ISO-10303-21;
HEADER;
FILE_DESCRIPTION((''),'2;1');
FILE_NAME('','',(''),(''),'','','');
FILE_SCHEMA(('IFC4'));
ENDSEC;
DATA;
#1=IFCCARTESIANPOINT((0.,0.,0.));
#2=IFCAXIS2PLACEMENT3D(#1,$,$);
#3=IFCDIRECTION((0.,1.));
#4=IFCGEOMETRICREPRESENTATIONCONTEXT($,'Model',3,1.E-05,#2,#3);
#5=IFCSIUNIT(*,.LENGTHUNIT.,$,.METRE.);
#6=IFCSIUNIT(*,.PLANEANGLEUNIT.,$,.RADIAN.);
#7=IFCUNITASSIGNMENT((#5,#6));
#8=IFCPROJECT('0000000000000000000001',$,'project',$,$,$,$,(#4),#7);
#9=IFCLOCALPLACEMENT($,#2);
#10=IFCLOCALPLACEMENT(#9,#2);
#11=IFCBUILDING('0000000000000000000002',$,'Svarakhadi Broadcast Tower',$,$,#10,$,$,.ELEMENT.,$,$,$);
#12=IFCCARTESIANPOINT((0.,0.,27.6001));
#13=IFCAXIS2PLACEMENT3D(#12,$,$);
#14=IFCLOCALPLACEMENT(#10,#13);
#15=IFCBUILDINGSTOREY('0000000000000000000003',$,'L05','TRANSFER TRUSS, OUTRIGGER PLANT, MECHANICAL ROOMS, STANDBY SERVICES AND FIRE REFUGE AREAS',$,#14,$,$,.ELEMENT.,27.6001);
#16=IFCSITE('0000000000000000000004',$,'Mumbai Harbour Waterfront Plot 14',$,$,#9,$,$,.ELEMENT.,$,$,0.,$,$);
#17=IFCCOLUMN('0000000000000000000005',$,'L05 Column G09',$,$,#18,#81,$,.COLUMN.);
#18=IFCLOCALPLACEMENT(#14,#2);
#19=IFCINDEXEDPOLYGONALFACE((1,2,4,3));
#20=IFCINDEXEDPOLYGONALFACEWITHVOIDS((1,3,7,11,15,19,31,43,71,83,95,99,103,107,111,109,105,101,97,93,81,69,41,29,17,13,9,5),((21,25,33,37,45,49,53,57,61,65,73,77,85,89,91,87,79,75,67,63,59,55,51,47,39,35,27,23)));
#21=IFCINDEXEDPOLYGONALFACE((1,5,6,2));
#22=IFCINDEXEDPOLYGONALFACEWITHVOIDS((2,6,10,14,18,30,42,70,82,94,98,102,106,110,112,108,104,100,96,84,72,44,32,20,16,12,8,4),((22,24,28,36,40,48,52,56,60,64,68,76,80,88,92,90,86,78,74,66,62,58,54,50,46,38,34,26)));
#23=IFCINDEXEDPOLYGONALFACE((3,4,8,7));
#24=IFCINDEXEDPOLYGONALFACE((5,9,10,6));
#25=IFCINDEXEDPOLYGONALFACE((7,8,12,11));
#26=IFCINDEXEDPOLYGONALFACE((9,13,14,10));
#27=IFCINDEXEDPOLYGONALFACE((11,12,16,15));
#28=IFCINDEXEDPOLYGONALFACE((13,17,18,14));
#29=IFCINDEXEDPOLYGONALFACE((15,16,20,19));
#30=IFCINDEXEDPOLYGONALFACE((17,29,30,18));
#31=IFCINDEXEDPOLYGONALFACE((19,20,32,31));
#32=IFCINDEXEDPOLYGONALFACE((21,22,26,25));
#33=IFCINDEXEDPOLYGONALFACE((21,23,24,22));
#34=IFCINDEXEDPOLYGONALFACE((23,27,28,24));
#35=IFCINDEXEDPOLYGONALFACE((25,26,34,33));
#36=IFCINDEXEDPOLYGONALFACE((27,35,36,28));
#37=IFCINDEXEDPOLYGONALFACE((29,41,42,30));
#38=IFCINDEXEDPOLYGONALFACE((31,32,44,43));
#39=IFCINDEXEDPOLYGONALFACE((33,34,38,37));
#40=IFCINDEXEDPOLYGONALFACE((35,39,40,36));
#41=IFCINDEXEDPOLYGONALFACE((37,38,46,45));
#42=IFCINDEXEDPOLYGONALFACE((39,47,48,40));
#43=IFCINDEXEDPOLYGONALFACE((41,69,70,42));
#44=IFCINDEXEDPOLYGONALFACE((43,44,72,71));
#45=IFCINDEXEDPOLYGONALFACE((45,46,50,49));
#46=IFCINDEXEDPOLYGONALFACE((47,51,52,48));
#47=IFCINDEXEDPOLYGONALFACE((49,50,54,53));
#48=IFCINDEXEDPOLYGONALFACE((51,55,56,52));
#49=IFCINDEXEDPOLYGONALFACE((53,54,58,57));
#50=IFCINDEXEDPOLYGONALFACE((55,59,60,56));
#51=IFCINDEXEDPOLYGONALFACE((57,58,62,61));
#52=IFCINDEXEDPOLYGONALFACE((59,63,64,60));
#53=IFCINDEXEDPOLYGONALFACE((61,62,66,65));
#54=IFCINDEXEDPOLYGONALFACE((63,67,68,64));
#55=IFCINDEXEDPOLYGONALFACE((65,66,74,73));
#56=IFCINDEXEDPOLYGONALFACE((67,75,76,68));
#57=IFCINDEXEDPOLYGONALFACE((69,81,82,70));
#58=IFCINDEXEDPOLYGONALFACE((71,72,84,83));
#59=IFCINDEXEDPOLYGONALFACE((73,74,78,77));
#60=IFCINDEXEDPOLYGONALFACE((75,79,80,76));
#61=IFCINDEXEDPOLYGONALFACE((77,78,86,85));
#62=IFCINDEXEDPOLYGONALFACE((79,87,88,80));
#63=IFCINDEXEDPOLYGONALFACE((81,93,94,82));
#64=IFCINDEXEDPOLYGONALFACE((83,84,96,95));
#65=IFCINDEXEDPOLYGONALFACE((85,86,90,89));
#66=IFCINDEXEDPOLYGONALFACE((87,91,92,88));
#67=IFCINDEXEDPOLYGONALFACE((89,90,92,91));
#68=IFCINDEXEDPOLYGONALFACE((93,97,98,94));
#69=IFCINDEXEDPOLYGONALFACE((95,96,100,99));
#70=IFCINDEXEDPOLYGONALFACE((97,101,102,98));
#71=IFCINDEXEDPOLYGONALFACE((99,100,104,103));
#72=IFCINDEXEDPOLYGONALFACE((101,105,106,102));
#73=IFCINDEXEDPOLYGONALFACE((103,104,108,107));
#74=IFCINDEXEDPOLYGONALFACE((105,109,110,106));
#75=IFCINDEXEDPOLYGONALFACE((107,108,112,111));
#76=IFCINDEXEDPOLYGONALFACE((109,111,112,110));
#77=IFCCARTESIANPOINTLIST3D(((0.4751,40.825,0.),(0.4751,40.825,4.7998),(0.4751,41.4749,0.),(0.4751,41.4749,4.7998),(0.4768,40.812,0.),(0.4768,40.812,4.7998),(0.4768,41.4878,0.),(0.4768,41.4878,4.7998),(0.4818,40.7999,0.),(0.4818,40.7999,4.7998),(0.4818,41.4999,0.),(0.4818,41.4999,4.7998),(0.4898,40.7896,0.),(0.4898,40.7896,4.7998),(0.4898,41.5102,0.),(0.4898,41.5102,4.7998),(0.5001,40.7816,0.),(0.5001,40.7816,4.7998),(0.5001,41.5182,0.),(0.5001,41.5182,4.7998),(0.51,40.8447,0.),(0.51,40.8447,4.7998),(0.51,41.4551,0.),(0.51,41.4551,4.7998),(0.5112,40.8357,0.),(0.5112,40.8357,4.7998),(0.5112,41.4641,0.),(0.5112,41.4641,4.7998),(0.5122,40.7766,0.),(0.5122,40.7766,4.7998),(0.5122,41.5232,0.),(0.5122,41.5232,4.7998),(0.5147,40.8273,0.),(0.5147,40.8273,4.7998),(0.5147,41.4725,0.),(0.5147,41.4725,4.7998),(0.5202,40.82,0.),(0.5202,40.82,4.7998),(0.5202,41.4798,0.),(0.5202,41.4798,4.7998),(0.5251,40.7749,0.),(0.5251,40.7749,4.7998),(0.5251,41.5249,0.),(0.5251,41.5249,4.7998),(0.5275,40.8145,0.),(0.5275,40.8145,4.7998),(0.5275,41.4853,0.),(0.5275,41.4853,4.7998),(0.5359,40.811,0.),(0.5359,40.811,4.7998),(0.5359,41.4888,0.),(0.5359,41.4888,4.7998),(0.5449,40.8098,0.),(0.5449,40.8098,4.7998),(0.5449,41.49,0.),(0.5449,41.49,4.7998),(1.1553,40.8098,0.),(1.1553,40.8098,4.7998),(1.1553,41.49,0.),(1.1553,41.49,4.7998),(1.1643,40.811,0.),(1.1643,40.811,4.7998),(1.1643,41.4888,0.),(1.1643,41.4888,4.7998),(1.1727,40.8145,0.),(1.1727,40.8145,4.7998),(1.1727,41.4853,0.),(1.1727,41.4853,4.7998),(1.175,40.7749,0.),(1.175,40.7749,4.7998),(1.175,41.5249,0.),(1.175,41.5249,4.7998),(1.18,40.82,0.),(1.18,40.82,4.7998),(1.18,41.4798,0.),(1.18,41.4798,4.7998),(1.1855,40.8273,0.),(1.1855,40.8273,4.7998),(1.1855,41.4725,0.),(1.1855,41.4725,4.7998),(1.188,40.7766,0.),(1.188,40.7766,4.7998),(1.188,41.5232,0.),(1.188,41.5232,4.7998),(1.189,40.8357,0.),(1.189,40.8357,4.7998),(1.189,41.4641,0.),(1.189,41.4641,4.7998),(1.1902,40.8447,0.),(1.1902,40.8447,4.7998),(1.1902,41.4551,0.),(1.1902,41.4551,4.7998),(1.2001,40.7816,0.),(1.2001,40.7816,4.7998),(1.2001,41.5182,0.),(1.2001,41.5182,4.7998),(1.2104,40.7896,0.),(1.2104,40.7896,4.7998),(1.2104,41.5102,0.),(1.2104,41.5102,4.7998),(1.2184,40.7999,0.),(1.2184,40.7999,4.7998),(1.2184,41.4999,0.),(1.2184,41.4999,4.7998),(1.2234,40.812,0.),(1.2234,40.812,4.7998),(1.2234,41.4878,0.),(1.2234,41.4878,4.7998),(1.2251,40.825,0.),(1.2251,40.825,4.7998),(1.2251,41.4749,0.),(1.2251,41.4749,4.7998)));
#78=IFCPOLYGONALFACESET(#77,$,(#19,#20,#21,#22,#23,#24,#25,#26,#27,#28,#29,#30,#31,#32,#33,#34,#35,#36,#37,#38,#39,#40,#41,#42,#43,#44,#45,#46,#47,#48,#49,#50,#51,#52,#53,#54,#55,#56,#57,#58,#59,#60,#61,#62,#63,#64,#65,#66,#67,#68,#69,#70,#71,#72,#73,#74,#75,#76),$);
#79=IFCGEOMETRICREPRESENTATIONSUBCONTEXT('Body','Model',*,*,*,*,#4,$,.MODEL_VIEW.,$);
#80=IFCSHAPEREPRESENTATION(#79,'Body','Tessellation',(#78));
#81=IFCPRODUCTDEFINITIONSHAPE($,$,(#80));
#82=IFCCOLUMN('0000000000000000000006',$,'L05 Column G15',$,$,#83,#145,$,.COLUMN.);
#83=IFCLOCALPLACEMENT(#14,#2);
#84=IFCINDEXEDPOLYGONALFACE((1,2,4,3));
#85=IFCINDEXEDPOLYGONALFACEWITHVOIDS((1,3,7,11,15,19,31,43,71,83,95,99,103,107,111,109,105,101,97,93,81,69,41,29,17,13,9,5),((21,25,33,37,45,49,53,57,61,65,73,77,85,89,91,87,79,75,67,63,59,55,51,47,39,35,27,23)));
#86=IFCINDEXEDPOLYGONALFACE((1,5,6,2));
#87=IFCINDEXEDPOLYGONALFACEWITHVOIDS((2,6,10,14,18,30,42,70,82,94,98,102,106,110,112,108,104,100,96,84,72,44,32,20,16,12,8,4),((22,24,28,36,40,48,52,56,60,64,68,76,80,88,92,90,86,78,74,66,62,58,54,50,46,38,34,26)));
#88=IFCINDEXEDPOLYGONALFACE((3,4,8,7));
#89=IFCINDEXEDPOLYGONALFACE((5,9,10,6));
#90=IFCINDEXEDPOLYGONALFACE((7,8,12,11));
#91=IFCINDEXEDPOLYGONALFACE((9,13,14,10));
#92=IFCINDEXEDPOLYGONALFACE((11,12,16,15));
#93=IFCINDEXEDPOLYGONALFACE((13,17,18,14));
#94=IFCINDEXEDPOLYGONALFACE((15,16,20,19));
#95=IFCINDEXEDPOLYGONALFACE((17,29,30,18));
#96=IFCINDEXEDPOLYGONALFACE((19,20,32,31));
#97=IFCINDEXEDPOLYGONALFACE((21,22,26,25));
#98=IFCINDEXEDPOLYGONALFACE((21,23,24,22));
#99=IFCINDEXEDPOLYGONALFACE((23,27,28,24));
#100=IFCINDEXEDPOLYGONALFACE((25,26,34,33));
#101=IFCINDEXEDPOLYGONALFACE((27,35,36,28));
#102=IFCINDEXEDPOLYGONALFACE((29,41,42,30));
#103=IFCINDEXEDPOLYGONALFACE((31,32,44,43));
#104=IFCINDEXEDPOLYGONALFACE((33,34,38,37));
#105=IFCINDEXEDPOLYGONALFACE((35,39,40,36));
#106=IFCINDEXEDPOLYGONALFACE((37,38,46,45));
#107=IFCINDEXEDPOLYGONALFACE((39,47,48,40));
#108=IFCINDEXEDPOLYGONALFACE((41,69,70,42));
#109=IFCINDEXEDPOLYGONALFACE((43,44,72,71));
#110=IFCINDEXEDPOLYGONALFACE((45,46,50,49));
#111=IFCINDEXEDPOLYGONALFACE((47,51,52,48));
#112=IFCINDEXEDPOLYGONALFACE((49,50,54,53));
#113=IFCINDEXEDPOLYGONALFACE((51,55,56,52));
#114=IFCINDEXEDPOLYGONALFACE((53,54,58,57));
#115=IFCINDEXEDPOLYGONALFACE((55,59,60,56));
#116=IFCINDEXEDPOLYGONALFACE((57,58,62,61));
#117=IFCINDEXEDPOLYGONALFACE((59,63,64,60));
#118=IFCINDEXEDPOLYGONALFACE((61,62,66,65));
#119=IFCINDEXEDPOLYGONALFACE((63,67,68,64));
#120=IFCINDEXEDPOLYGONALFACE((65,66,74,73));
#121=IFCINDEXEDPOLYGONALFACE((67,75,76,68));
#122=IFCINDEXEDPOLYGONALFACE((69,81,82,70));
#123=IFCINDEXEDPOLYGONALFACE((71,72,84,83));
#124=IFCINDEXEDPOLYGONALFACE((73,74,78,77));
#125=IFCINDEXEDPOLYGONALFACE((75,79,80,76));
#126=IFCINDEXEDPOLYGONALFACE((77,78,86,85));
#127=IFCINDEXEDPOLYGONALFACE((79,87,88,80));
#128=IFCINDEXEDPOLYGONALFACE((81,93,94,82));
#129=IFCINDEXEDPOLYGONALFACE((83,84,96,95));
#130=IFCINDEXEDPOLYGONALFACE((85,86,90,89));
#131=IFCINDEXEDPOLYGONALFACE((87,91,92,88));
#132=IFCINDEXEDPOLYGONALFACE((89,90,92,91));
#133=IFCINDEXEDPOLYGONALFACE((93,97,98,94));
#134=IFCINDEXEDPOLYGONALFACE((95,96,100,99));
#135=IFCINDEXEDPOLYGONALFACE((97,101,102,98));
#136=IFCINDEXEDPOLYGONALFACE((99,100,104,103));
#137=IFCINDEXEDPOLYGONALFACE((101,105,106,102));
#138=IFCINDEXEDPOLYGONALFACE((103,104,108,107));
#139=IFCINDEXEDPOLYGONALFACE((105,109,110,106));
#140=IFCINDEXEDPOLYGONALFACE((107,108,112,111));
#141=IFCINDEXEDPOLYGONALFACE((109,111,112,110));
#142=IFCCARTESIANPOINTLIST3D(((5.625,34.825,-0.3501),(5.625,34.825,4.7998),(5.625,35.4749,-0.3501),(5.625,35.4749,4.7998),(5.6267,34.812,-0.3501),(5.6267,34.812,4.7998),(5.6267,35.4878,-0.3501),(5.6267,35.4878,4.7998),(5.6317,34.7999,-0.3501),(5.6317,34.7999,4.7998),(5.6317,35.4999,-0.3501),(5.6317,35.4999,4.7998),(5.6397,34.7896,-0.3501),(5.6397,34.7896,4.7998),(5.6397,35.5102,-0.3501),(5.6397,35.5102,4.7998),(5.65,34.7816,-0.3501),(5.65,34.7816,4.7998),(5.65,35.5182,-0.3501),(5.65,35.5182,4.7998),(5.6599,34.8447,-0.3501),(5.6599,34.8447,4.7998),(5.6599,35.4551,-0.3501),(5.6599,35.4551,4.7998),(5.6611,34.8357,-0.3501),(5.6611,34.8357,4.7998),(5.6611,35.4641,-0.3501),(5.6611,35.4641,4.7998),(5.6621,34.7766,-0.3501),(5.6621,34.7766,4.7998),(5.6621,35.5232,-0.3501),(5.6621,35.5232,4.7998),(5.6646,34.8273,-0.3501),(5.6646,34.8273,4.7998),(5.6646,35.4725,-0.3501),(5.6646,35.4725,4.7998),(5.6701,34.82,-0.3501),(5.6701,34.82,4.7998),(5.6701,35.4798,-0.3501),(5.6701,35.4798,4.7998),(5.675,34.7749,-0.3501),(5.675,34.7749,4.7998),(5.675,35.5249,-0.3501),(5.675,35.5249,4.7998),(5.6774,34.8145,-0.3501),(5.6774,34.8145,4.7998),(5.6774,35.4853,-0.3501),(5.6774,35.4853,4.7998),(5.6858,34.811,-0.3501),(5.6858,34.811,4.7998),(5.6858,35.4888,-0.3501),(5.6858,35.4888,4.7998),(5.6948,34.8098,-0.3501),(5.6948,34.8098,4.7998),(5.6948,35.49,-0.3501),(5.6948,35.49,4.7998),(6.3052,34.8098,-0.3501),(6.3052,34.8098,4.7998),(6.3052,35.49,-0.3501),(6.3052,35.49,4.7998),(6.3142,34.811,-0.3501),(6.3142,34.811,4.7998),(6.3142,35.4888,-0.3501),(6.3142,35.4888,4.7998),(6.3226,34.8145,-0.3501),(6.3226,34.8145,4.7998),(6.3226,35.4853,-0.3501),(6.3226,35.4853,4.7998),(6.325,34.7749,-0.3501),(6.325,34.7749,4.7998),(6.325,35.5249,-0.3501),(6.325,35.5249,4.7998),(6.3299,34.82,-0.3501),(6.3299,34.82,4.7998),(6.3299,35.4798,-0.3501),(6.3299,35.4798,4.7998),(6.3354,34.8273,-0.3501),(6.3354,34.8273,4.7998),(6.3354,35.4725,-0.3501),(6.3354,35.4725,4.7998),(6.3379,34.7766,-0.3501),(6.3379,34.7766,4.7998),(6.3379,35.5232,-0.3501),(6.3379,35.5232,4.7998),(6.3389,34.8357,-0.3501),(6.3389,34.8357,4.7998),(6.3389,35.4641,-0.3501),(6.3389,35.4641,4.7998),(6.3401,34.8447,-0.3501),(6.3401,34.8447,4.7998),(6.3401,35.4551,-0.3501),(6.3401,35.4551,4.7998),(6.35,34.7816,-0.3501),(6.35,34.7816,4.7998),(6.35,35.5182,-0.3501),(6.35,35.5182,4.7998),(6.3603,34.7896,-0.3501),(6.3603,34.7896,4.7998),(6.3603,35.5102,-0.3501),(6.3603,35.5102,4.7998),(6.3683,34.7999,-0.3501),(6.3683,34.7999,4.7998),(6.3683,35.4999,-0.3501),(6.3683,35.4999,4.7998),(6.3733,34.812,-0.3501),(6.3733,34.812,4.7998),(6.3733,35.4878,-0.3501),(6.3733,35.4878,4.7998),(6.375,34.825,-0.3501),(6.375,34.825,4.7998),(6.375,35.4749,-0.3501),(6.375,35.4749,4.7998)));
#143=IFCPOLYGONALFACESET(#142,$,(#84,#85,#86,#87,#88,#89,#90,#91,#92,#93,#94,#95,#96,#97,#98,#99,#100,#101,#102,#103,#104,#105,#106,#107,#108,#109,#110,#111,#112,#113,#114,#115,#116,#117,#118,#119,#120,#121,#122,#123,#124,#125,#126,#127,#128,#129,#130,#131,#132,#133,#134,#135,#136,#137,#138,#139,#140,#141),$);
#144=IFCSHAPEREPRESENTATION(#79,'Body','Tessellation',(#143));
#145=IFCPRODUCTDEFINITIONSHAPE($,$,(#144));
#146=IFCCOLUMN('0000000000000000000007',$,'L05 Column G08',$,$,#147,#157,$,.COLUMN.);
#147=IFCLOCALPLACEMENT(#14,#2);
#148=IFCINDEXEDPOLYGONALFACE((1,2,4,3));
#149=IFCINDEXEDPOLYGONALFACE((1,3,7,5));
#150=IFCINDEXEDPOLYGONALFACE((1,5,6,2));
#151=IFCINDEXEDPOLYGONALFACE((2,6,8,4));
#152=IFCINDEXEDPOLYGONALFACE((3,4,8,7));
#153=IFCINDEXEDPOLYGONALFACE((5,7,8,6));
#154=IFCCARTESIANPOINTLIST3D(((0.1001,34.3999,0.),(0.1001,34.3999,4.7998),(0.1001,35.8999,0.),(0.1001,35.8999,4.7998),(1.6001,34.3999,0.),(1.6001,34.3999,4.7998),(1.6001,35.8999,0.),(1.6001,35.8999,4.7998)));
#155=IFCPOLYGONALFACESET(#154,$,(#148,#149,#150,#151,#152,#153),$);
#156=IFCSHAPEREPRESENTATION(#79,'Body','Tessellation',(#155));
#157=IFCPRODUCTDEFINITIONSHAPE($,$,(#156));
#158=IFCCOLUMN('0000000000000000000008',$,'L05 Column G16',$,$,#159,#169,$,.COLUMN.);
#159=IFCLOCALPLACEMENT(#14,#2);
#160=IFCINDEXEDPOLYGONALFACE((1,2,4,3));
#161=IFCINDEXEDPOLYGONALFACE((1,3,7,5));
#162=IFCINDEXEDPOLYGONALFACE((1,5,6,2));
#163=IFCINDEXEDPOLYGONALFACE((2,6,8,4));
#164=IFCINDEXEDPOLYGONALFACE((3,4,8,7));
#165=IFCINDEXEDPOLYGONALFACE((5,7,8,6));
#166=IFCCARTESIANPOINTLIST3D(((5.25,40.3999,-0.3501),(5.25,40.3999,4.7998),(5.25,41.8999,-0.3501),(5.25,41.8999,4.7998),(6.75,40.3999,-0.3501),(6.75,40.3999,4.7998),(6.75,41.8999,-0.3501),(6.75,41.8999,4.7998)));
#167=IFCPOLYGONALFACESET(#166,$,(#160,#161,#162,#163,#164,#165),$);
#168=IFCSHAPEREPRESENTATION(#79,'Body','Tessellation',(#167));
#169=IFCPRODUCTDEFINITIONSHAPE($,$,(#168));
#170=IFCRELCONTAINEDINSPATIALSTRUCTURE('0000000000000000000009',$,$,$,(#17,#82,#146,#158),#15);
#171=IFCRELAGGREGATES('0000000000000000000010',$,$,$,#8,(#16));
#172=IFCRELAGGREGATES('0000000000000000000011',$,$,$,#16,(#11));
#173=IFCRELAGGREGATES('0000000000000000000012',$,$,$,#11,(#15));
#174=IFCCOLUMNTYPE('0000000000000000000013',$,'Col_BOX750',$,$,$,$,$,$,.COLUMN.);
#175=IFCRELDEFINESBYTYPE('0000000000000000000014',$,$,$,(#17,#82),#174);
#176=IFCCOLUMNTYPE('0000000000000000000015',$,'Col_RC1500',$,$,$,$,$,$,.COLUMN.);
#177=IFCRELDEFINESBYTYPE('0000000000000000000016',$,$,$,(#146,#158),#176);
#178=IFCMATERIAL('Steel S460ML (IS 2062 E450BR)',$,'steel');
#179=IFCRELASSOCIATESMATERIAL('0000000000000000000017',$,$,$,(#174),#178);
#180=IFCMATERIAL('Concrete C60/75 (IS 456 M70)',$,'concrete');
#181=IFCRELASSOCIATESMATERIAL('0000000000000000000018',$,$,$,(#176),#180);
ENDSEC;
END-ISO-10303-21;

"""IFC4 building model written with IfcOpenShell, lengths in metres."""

from ifc_helpers import new_model, si_unit, direction, frame, origin, origin_2d, place, context, subcontext, project, spatial, rectangle, hollow_rectangle, extrude, material, material_profile, profile_set, type_object, element, save


model = new_model("IFC4")

# Units and contexts
model_context = context("Model", 3, precision=1e-05, world=origin(), true_north=direction((0.0, 1.0)))
body_context = subcontext(model_context, "Body", "Model", "MODEL_VIEW")
ifc_project = project(units=[si_unit("LENGTHUNIT", "METRE"), si_unit("PLANEANGLEUNIT", "RADIAN")], contexts=[model_context])

# Site, building, storey
site_placement = place(None, origin())
site = spatial("IfcSite", under=ifc_project, at=site_placement, Name="Mumbai Harbour Waterfront Plot 14", CompositionType="ELEMENT", RefElevation=0.0)
building_placement = place(site_placement, origin())
building = spatial("IfcBuilding", under=site, at=building_placement, Name="Svarakhadi Broadcast Tower", CompositionType="ELEMENT")
storey_placement = place(building_placement, frame((0.0, 0.0, 27.6001)))
storey = spatial("IfcBuildingStorey", under=building, at=storey_placement, Name="L05", Description="TRANSFER TRUSS, OUTRIGGER PLANT, MECHANICAL ROOMS, STANDBY SERVICES AND FIRE REFUGE AREAS", CompositionType="ELEMENT", Elevation=27.6001)

# Columns
ifc_material_1 = material(Name="Steel S460ML (IS 2062 E450BR)", Category="steel")
ifc_material_profile_1 = material_profile(ifc_material_1, hollow_rectangle(XDim=0.75, YDim=0.75, WallThickness=0.0349, InnerFilletRadius=0.0349, OuterFilletRadius=0.05, at=origin_2d()), Name="BOX 750x750x35")
ifc_profile_set_1 = profile_set([ifc_material_profile_1], Name="Steel S460ML (IS 2062 E450BR)")
column_type_1 = type_object("IfcColumnType", Name="Col_BOX750", PredefinedType="COLUMN", material=ifc_profile_set_1)
column_1_placement = place(storey_placement, frame((0.8501, 41.1499, 0.0), z_axis=(0.0, 0.0, 1.0), x_axis=(1.0, 0.0, 0.0)))
element("IfcColumn", 1, at=column_1_placement, inside=storey, type_object=column_type_1, Name="L05 Column G09", PredefinedType="COLUMN", context=body_context, shape_type="SweptSolid", body=[
    extrude(hollow_rectangle(XDim=0.75, YDim=0.75, WallThickness=0.0349, InnerFilletRadius=0.0349, OuterFilletRadius=0.05, at=origin_2d()), origin(), (0.0, 0.0, 1.0), 4.7998),
])
column_2_placement = place(storey_placement, frame((6.0, 35.1499, -0.3501), z_axis=(0.0, 0.0, 1.0), x_axis=(1.0, 0.0, 0.0)))
element("IfcColumn", 2, at=column_2_placement, inside=storey, type_object=column_type_1, Name="L05 Column G15", PredefinedType="COLUMN", context=body_context, shape_type="SweptSolid", body=[
    extrude(hollow_rectangle(XDim=0.75, YDim=0.75, WallThickness=0.0349, InnerFilletRadius=0.0349, OuterFilletRadius=0.05, at=origin_2d()), origin(), (0.0, 0.0, 1.0), 5.1499),
])
ifc_material_2 = material(Name="Concrete C60/75 (IS 456 M70)", Category="concrete")
ifc_material_profile_2 = material_profile(ifc_material_2, rectangle(XDim=1.5, YDim=1.5, at=origin_2d()), Name="RC 1500x1500")
ifc_profile_set_2 = profile_set([ifc_material_profile_2], Name="Concrete C60/75 (IS 456 M70)")
column_type_2 = type_object("IfcColumnType", Name="Col_RC1500", PredefinedType="COLUMN", material=ifc_profile_set_2)
column_3_placement = place(storey_placement, frame((0.8501, 35.1499, 0.0), z_axis=(0.0, 0.0, 1.0), x_axis=(1.0, 0.0, 0.0)))
element("IfcColumn", 3, at=column_3_placement, inside=storey, type_object=column_type_2, Name="L05 Column G08", PredefinedType="COLUMN", context=body_context, shape_type="SweptSolid", body=[
    extrude(rectangle(XDim=1.5, YDim=1.5, at=origin_2d()), origin(), (0.0, 0.0, 1.0), 4.7998),
])
column_4_placement = place(storey_placement, frame((6.0, 41.1499, -0.3501), z_axis=(0.0, 0.0, 1.0), x_axis=(1.0, 0.0, 0.0)))
element("IfcColumn", 4, at=column_4_placement, inside=storey, type_object=column_type_2, Name="L05 Column G16", PredefinedType="COLUMN", context=body_context, shape_type="SweptSolid", body=[
    extrude(rectangle(XDim=1.5, YDim=1.5, at=origin_2d()), origin(), (0.0, 0.0, 1.0), 5.1499),
])

save(model, "model.ifc")
